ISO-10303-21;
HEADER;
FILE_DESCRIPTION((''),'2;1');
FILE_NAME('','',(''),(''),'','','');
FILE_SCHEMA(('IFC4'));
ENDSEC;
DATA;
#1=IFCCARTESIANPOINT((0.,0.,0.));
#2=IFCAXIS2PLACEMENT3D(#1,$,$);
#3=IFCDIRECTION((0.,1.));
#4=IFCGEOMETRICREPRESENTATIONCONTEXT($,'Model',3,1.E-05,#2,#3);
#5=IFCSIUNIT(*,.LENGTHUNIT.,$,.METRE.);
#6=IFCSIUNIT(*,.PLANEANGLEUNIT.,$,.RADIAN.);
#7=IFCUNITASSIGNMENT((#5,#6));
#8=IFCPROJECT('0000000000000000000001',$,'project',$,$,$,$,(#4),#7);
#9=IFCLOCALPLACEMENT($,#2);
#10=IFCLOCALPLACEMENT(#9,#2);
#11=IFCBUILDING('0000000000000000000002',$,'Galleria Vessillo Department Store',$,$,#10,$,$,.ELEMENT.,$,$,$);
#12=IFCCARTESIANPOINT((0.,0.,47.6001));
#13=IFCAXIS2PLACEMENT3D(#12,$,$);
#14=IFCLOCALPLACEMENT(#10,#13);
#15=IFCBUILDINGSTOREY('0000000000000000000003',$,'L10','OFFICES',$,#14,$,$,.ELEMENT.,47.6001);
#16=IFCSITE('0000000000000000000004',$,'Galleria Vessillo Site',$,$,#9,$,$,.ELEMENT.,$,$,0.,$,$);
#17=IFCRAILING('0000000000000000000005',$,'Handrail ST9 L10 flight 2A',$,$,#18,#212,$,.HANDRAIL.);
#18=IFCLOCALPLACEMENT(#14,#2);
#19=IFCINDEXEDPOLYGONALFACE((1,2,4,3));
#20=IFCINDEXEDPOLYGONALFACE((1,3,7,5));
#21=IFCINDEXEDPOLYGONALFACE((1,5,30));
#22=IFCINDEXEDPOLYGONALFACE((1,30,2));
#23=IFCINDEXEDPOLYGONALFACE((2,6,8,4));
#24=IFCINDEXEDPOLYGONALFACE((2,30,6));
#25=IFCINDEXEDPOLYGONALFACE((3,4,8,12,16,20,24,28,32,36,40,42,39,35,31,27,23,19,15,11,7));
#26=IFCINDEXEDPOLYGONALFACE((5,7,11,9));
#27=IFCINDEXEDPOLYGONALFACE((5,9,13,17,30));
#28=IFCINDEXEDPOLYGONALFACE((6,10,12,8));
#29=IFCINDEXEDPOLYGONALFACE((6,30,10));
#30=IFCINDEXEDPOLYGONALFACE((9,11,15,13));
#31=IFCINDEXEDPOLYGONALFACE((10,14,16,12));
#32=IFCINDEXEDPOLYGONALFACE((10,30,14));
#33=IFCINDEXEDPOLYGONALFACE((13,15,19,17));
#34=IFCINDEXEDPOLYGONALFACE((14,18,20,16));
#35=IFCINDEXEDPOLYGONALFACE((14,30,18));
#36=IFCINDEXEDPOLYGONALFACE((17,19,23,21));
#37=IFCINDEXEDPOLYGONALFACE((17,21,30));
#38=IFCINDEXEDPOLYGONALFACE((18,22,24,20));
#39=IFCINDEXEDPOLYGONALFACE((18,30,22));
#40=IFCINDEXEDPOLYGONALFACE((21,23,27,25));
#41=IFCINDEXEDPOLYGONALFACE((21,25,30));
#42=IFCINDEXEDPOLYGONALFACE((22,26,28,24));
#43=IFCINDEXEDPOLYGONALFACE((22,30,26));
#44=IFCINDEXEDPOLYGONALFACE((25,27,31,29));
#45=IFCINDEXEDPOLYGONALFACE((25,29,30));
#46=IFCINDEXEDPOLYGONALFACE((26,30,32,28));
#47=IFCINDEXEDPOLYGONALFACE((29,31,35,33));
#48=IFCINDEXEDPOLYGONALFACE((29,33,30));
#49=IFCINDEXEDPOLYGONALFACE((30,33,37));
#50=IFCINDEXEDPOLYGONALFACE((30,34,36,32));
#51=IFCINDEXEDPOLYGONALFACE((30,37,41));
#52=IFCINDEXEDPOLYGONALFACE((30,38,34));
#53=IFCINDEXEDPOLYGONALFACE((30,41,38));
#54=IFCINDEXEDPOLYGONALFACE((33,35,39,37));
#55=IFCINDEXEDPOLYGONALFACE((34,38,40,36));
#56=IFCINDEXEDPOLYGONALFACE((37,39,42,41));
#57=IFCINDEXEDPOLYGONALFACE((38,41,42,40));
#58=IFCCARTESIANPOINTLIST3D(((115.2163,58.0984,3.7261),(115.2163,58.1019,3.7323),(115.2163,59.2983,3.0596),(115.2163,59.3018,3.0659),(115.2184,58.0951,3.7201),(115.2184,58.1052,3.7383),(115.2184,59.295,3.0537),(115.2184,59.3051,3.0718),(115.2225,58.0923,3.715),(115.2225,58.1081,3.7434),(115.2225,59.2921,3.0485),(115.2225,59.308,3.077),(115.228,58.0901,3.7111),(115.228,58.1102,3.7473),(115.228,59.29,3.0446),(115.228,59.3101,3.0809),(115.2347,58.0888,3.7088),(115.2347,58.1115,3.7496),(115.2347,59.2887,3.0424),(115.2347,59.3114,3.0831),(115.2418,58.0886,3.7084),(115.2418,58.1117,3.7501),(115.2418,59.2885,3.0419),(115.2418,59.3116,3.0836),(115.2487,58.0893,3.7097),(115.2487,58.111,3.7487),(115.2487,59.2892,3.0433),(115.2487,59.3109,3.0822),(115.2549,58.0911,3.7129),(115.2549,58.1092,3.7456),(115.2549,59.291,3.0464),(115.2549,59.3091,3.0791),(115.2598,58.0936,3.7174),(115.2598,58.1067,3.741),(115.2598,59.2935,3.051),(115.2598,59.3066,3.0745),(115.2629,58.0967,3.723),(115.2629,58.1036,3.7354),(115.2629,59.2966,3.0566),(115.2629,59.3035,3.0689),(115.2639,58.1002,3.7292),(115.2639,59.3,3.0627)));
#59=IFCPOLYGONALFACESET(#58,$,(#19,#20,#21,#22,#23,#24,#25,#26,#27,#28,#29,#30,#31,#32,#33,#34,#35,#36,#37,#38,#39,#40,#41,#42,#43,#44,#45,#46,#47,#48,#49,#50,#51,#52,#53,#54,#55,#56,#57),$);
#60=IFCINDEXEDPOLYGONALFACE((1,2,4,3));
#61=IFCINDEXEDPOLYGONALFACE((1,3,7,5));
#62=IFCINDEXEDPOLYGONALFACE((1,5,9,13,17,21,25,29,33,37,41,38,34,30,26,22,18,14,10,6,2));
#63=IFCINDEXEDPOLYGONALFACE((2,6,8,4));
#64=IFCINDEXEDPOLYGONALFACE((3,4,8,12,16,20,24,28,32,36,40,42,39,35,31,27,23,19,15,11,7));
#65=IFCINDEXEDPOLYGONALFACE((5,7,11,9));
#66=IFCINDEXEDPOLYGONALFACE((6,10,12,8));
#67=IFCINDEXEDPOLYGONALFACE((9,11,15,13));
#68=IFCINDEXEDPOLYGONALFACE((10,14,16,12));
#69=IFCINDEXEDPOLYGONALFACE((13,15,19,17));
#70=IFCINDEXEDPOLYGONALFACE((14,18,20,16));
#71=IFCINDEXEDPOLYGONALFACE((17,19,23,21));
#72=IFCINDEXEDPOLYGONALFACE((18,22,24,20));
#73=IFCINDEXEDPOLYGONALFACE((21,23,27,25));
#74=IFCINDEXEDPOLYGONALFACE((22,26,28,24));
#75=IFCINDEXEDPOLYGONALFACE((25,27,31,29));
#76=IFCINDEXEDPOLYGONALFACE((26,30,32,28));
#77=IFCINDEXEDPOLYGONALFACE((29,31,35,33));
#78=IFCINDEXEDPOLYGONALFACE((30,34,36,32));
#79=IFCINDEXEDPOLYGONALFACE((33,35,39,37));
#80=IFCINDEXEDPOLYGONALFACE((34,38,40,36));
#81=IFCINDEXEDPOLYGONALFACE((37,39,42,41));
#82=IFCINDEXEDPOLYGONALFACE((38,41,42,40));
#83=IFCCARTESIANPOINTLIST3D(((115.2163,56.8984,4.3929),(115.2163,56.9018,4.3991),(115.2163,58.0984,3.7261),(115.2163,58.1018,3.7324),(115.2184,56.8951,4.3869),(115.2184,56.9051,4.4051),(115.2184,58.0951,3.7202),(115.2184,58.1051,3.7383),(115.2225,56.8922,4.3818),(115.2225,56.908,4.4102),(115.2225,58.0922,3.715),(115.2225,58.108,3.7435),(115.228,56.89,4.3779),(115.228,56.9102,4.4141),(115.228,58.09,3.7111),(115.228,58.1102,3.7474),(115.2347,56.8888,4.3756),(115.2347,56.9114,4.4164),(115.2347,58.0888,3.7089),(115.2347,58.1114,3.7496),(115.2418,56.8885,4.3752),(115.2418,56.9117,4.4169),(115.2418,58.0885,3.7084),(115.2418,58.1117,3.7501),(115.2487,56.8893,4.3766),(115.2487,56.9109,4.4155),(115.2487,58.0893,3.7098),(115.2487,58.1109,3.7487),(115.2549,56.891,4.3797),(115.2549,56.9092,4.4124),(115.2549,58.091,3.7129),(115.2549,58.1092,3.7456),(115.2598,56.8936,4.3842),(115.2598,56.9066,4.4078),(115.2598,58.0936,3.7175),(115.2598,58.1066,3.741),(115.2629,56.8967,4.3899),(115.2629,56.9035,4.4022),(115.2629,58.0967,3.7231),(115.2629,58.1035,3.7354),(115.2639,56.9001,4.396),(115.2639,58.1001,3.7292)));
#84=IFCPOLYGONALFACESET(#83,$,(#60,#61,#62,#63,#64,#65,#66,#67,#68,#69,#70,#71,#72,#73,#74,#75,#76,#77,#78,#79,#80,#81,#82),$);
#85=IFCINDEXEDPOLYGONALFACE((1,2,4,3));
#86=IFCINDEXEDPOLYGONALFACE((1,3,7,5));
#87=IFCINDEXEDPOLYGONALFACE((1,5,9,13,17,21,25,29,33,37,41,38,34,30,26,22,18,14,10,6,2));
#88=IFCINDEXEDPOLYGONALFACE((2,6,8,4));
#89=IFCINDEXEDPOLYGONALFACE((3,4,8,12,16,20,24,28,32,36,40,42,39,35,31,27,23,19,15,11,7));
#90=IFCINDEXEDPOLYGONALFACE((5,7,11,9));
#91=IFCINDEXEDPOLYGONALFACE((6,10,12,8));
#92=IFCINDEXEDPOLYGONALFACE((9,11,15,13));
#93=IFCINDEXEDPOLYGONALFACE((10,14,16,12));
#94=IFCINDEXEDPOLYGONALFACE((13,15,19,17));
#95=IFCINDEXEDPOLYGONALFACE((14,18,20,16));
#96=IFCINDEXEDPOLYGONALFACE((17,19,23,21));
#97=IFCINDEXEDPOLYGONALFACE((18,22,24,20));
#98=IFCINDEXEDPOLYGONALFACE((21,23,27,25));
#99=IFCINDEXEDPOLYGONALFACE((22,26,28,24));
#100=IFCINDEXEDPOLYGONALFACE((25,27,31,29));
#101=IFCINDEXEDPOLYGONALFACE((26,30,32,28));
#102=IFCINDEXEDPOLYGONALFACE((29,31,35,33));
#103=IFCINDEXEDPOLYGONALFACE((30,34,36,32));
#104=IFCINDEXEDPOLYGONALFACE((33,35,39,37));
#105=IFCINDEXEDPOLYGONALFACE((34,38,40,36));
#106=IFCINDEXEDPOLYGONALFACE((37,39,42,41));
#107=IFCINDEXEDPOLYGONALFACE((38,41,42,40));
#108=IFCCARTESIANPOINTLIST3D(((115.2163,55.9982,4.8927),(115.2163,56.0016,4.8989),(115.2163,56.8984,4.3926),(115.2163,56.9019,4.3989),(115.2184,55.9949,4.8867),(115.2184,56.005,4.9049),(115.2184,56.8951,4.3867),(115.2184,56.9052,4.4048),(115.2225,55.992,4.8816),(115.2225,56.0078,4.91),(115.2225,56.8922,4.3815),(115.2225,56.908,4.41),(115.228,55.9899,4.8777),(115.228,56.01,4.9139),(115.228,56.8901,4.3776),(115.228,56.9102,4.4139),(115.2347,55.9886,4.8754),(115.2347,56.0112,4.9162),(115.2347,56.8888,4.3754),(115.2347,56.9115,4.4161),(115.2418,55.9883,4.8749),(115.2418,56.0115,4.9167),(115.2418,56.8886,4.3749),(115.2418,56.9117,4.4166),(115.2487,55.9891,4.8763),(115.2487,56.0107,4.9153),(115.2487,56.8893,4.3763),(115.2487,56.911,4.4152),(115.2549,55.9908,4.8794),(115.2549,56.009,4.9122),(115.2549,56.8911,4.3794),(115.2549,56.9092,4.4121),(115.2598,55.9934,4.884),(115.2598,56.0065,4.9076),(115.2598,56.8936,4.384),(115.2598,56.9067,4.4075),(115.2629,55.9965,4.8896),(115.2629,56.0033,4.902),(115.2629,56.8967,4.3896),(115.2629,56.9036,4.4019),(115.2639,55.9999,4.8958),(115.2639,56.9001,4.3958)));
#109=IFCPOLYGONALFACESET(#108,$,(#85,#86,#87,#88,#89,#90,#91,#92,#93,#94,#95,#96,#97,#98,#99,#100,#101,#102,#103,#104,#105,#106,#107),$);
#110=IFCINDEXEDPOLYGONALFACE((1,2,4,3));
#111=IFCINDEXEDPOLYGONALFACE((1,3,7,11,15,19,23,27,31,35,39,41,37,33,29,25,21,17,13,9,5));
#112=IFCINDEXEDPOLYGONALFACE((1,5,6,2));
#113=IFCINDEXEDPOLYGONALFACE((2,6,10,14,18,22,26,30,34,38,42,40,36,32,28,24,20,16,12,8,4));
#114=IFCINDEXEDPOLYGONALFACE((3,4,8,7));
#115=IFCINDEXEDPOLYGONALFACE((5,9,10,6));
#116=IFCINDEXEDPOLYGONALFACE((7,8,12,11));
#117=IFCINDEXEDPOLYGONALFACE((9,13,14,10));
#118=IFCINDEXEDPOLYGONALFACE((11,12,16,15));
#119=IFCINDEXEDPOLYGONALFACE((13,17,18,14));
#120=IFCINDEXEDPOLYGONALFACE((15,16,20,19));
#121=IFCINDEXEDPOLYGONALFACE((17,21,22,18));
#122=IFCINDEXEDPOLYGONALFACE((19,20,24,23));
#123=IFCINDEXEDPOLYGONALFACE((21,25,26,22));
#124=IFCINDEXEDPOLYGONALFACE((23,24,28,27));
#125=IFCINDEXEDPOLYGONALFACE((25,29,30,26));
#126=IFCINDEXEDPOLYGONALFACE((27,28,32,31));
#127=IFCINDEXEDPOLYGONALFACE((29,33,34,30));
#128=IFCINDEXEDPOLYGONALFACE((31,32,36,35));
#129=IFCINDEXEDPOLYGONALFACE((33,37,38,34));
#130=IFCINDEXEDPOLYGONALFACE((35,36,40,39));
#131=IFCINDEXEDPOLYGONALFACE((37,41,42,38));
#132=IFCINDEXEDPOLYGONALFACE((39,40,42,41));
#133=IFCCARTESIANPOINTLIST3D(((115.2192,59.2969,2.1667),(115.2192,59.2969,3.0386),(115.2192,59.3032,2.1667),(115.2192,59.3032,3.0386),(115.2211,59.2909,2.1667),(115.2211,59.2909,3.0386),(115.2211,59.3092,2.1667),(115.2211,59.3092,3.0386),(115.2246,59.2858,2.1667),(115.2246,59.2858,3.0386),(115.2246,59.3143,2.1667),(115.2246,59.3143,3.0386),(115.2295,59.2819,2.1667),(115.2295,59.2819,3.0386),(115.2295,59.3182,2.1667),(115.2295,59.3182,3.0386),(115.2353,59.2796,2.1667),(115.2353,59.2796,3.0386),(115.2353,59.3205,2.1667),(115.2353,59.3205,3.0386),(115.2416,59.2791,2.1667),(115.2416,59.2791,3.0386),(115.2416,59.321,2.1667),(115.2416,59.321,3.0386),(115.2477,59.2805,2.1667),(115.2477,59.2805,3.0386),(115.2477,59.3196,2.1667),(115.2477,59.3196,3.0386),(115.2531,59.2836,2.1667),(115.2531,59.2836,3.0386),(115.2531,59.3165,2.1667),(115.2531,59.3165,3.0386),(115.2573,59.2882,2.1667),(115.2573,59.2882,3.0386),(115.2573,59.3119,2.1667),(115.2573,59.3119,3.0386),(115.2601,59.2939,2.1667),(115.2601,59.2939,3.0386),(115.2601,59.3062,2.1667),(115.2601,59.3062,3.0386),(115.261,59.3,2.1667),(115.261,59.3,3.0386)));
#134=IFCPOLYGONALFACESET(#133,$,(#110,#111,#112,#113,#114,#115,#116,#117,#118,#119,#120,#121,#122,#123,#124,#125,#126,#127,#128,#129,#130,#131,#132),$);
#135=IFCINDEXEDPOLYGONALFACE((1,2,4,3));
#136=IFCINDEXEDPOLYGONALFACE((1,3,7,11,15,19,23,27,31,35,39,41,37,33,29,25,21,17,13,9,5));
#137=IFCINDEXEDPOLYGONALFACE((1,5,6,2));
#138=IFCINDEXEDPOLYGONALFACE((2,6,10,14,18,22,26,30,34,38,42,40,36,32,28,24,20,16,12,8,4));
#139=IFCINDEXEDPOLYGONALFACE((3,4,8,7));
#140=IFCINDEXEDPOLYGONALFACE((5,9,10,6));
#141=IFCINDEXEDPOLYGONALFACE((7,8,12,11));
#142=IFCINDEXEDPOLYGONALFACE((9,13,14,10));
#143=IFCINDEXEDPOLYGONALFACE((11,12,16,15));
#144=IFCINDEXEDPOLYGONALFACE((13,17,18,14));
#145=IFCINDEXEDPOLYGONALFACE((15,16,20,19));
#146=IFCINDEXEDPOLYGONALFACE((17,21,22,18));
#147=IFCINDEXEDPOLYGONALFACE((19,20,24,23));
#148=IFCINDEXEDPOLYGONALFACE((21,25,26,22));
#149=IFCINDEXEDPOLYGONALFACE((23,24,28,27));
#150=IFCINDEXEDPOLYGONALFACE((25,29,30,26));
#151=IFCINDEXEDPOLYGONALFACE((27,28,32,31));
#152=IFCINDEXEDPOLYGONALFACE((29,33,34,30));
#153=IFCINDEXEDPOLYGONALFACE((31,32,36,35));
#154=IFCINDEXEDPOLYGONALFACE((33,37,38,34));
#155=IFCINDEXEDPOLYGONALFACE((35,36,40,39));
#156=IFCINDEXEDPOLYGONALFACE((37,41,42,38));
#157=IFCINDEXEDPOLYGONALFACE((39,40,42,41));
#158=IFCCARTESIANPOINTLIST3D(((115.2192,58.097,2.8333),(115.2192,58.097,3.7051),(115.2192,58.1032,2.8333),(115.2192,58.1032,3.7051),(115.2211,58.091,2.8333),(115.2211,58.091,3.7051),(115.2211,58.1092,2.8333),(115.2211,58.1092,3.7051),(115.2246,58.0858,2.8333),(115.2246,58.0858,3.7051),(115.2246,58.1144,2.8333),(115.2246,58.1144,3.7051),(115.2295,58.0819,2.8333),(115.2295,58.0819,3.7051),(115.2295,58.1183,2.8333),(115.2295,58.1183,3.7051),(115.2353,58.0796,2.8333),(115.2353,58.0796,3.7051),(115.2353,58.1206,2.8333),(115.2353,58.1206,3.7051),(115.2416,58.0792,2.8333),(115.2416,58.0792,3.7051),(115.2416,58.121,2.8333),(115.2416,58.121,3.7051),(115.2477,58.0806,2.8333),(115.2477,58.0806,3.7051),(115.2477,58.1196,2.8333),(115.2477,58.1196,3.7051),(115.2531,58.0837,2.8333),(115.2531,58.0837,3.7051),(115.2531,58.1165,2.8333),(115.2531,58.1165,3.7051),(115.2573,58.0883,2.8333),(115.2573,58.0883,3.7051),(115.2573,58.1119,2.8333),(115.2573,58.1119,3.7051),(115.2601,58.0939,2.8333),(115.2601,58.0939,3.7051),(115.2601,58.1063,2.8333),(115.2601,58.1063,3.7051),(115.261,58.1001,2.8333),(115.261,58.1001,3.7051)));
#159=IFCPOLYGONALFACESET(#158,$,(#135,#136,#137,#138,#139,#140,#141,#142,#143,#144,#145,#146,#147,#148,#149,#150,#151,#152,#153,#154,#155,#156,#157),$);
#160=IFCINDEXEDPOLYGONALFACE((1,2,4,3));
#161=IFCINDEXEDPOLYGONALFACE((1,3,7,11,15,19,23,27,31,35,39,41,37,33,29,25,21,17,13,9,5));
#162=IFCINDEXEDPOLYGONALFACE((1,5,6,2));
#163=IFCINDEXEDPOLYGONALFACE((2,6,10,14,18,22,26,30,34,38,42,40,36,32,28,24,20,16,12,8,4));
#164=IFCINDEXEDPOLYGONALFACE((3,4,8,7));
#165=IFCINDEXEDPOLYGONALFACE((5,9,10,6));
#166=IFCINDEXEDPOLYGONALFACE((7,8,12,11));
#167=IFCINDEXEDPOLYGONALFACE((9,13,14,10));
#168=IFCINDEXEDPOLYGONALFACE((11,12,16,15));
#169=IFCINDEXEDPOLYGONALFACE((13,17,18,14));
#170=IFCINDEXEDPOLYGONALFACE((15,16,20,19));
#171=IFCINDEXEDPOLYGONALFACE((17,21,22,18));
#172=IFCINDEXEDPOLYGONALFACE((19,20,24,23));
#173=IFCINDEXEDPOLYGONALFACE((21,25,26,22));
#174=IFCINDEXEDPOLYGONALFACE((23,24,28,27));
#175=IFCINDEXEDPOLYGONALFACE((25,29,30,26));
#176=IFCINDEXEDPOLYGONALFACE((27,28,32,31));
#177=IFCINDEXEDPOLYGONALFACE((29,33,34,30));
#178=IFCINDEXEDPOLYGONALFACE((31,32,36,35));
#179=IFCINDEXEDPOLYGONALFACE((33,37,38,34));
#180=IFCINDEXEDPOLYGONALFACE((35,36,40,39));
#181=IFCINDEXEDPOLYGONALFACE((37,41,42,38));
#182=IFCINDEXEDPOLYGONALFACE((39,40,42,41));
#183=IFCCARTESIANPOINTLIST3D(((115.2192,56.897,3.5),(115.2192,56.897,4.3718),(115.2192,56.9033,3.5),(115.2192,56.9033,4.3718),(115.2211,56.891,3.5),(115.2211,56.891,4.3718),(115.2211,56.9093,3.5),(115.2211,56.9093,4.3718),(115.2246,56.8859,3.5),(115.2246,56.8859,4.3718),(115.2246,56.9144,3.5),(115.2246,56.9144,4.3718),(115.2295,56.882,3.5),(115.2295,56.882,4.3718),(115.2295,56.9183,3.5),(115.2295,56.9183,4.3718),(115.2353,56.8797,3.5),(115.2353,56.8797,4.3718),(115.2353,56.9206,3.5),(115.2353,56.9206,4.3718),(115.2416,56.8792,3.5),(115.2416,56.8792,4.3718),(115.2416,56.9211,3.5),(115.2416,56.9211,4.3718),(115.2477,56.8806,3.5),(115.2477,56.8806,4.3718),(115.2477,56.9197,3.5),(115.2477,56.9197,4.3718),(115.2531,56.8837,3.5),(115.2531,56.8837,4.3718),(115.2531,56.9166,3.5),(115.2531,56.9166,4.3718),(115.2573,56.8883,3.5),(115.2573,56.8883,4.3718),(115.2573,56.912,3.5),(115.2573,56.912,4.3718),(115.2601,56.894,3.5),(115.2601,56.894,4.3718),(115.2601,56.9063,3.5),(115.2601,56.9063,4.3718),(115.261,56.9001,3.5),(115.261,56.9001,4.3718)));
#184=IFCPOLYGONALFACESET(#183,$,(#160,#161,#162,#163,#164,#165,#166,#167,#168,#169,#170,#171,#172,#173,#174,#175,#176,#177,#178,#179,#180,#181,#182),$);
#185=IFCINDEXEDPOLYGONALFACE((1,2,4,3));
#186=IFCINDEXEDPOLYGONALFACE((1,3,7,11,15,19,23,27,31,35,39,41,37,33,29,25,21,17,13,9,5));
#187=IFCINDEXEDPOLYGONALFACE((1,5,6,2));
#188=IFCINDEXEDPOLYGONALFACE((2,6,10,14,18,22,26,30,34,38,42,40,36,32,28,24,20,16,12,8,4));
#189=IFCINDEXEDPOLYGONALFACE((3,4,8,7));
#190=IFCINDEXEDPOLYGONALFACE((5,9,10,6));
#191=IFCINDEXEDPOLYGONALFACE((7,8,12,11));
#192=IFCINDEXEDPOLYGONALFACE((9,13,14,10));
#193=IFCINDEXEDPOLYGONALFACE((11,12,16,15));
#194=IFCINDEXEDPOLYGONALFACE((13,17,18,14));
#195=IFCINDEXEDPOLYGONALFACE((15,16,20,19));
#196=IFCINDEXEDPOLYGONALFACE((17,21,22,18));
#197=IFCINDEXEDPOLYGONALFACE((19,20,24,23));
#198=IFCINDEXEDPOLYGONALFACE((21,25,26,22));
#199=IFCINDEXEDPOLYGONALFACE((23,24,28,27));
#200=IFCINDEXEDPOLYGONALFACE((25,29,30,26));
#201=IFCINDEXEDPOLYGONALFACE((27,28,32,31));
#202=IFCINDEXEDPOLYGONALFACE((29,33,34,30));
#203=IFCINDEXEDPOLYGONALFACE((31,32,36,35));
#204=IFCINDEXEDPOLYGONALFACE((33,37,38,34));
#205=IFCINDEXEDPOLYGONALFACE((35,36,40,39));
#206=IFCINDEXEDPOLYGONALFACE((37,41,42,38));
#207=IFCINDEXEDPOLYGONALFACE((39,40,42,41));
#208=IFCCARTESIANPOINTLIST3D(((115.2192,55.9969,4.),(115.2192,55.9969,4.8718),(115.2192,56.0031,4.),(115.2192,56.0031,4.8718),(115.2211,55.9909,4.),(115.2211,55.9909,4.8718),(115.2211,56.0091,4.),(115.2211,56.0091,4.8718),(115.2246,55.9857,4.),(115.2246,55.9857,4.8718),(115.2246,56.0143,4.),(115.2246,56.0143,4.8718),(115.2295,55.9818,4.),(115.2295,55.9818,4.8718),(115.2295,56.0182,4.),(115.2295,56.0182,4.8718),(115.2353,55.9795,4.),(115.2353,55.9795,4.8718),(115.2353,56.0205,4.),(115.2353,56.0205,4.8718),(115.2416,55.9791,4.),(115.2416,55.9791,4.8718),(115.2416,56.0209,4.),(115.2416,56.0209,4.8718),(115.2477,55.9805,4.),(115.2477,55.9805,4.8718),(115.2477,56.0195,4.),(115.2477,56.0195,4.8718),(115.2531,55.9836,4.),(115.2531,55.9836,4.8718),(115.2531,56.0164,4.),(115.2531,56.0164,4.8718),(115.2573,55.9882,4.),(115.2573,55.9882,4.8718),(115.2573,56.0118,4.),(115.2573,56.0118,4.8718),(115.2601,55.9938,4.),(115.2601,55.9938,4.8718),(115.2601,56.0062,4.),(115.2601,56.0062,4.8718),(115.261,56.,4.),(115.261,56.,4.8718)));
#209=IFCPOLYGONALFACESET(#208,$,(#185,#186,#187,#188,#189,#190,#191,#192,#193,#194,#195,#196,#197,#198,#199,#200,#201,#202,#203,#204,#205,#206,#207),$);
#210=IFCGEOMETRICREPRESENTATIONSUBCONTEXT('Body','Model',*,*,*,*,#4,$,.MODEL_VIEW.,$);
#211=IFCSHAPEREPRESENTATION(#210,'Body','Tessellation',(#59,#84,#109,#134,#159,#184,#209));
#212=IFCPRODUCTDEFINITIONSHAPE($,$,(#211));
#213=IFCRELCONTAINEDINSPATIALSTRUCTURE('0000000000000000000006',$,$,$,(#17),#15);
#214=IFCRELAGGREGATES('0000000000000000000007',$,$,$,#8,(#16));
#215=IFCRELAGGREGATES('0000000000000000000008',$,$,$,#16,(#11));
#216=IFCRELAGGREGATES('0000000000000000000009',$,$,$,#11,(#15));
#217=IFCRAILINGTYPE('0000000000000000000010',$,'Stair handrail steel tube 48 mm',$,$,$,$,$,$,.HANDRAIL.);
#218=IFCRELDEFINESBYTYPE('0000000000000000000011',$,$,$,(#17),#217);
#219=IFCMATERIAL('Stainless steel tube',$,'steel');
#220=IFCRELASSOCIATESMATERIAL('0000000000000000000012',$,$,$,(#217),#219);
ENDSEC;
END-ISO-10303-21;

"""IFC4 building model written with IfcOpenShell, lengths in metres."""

from ifc_helpers import new_model, si_unit, direction, frame, origin, origin_2d, place, context, subcontext, project, spatial, circle, extrude, material, type_object, element, save


model = new_model("IFC4")

# Units and contexts
model_context = context("Model", 3, precision=1e-05, world=origin(), true_north=direction((0.0, 1.0)))
body_context = subcontext(model_context, "Body", "Model", "MODEL_VIEW")
ifc_project = project(units=[si_unit("LENGTHUNIT", "METRE"), si_unit("PLANEANGLEUNIT", "RADIAN")], contexts=[model_context])

# Site, building, storey
site_placement = place(None, origin())
site = spatial("IfcSite", under=ifc_project, at=site_placement, Name="Galleria Vessillo Site", CompositionType="ELEMENT", RefElevation=0.0)
building_placement = place(site_placement, origin())
building = spatial("IfcBuilding", under=site, at=building_placement, Name="Galleria Vessillo Department Store", CompositionType="ELEMENT")
storey_placement = place(building_placement, frame((0.0, 0.0, 47.6001)))
storey = spatial("IfcBuildingStorey", under=building, at=storey_placement, Name="L10", Description="OFFICES", CompositionType="ELEMENT", Elevation=47.6001)

# Railing
ifc_material_1 = material(Name="Stainless steel tube", Category="steel")
railing_type = type_object("IfcRailingType", Name="Stair handrail steel tube 48 mm", PredefinedType="HANDRAIL", material=ifc_material_1)
for number, where, name in (
    (1, (115.24, 59.3, 2.1667), "Handrail ST9 L10 flight 2A"),
):
    element("IfcRailing", number, at=place(storey_placement, frame(where)), inside=storey, type_object=railing_type, Name=name, PredefinedType="HANDRAIL", context=body_context, shape_type="SweptSolid", body=[
        extrude(circle(Radius=0.0239, at=origin_2d()), frame((0.0, 0.0, 0.896), z_axis=(0.0, -0.874199, 0.485567), x_axis=(1.0, 0.0, 0.0)), (0.0, 0.0, 1.0), 1.3726),
        extrude(circle(Radius=0.0239, at=origin_2d()), frame((0.0, -1.2, 1.5625), z_axis=(0.0, -0.874124, 0.485703), x_axis=(1.0, 0.0, 0.0)), (0.0, 0.0, 1.0), 1.3728),
        extrude(circle(Radius=0.0239, at=origin_2d()), frame((0.0, -2.3999, 2.229), z_axis=(0.0, -0.874191, 0.485583), x_axis=(1.0, 0.0, 0.0)), (0.0, 0.0, 1.0), 1.0298),
        extrude(circle(Radius=0.021, at=origin_2d()), origin(), (0.0, 0.0, 1.0), 0.8718),
        extrude(circle(Radius=0.021, at=origin_2d()), frame((0.0, -1.2, 0.6665)), (0.0, 0.0, 1.0), 0.8718),
        extrude(circle(Radius=0.021, at=origin_2d()), frame((0.0, -2.3999, 1.3333)), (0.0, 0.0, 1.0), 0.8718),
        extrude(circle(Radius=0.021, at=origin_2d()), frame((0.0, -3.3, 1.8333)), (0.0, 0.0, 1.0), 0.8718),
    ])

save(model, "model.ifc")
